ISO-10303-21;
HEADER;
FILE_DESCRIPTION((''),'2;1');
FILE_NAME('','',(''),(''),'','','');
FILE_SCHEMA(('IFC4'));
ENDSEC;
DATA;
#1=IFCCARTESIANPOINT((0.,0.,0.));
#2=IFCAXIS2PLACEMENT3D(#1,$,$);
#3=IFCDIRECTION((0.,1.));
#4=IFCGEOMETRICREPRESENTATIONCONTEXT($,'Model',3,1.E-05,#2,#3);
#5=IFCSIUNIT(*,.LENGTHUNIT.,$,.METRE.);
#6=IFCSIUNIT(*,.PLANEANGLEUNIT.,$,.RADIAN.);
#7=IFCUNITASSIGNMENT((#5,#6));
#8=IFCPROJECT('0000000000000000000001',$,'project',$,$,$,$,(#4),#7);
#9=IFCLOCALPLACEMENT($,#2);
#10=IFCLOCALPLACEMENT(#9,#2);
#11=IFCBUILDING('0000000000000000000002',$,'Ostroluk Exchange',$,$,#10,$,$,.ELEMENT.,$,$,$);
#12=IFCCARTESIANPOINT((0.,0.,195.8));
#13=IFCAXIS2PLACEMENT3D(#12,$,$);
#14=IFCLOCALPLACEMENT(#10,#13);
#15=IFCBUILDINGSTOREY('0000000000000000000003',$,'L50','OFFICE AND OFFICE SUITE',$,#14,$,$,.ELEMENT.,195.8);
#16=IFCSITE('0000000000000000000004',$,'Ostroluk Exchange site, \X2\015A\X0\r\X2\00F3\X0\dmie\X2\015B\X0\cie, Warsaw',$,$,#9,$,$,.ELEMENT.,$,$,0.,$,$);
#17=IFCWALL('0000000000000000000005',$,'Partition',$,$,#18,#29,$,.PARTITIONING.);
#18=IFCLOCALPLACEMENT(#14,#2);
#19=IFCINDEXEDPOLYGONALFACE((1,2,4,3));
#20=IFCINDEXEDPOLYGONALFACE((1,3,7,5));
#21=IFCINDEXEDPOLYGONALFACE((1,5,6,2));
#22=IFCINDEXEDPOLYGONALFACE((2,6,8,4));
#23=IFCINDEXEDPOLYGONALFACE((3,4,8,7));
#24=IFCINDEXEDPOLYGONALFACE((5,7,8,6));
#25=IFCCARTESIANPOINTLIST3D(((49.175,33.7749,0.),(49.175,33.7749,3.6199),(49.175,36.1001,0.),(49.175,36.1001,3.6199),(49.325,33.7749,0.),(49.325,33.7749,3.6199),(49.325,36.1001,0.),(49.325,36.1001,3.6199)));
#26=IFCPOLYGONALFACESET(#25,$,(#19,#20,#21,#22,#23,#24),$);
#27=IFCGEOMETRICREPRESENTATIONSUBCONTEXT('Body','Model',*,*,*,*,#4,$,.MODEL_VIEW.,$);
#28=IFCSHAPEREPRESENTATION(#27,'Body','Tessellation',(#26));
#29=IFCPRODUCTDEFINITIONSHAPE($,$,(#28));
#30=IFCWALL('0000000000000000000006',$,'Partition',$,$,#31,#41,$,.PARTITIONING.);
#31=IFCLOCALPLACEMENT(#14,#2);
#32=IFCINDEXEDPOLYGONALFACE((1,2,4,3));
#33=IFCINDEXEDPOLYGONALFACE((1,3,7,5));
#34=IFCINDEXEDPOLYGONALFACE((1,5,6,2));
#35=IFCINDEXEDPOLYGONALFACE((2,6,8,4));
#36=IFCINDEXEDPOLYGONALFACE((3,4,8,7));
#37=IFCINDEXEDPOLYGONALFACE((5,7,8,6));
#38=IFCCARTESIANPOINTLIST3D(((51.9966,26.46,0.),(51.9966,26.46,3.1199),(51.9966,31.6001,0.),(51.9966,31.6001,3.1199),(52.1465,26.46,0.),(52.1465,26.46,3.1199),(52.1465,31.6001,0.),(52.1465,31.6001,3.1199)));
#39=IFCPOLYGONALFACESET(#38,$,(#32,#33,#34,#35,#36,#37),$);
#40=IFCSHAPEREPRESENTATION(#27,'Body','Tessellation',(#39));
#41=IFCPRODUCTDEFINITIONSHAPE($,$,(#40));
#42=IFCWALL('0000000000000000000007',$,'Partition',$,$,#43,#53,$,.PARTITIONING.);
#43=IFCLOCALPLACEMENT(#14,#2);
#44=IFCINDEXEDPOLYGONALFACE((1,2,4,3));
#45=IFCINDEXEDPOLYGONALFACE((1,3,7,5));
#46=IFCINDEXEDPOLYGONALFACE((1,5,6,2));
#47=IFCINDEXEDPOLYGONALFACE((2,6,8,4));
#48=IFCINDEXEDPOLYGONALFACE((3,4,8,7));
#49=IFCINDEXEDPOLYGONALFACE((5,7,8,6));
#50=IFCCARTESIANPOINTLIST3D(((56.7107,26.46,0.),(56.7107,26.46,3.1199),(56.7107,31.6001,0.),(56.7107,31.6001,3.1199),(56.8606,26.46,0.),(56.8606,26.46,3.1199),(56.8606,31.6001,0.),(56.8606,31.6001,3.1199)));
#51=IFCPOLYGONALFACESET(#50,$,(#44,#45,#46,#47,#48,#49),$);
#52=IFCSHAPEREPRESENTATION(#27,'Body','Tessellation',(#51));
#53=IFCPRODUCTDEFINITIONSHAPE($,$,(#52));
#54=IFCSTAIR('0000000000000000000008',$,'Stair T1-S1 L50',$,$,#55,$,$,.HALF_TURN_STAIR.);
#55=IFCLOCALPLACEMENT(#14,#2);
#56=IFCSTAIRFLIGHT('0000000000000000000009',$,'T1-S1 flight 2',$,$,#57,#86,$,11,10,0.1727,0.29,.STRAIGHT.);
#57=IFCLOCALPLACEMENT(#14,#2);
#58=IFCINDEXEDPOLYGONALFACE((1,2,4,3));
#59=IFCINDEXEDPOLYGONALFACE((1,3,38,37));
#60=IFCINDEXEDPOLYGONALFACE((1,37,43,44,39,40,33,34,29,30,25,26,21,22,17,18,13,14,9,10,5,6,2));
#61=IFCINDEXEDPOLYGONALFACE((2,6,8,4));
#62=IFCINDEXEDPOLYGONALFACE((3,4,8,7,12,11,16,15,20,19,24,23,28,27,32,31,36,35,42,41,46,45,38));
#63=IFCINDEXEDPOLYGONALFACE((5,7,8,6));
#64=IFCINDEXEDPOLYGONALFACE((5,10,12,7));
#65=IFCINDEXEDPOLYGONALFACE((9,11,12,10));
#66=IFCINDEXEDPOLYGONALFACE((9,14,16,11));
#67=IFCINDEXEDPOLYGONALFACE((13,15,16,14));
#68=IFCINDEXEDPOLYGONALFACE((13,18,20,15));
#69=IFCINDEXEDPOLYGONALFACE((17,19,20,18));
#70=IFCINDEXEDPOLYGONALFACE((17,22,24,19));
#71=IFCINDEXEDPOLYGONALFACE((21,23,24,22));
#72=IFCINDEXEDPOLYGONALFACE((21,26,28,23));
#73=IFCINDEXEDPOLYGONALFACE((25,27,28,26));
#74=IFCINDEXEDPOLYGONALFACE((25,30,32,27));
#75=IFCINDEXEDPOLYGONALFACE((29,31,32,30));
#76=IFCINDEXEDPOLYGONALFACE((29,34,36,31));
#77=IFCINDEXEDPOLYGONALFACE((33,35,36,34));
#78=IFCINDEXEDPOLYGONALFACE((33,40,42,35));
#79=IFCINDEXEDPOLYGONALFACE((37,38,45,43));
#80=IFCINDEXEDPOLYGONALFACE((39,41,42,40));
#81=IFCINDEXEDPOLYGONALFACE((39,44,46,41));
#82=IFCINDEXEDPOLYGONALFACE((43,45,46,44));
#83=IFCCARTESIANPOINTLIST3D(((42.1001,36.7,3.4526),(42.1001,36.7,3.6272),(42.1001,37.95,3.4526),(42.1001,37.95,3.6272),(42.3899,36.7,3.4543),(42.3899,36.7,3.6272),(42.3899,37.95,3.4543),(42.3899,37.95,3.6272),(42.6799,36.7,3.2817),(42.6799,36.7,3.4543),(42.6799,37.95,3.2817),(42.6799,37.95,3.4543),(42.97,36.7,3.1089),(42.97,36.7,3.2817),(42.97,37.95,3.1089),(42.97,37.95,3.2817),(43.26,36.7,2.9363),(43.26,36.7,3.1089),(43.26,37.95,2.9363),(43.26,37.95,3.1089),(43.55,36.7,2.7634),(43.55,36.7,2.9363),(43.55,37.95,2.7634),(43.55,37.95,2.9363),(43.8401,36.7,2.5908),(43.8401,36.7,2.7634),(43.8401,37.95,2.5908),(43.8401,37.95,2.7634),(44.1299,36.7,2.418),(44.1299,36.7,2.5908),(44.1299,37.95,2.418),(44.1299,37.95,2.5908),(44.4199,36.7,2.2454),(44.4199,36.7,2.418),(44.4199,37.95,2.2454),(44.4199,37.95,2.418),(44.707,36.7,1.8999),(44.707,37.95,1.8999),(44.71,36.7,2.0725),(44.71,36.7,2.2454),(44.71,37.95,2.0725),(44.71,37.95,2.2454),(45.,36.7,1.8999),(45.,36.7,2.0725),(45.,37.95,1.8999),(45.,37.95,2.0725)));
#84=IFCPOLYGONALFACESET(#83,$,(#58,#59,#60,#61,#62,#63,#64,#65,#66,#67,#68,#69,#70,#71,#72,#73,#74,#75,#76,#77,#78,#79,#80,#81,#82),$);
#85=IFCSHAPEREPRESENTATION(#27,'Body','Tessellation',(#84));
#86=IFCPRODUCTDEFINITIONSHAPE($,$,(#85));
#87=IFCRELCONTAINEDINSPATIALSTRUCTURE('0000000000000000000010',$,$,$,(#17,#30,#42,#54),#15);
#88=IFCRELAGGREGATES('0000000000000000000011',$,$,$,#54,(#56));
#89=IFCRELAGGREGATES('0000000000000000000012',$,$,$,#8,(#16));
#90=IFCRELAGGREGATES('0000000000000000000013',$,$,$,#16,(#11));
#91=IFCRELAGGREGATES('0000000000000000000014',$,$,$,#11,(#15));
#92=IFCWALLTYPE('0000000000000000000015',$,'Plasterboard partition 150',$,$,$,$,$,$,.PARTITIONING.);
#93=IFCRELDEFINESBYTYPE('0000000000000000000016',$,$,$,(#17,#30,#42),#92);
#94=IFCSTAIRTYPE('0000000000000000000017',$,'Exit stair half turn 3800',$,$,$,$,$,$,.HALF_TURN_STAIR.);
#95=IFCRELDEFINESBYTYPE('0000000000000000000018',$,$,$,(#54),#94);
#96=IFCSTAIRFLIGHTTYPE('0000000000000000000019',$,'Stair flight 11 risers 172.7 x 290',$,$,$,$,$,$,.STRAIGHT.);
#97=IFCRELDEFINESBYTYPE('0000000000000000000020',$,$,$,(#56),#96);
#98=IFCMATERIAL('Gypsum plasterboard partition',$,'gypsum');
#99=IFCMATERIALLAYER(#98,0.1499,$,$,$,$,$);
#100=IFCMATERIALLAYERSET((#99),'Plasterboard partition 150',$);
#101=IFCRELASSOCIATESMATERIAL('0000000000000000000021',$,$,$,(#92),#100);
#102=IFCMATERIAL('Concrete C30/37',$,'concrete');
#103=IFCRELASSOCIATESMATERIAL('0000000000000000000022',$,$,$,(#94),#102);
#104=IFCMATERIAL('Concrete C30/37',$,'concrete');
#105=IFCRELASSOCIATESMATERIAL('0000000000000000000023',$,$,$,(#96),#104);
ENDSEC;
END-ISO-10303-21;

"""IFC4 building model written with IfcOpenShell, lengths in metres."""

from ifc_helpers import new_model, si_unit, direction, frame, frame_2d, origin, place, context, subcontext, project, spatial, polyline, rectangle, outline, extrude, material, layer, layer_set, type_object, element, aggregate, save


model = new_model("IFC4")

# Units and contexts
model_context = context("Model", 3, precision=1e-05, world=origin(), true_north=direction((0.0, 1.0)))
body_context = subcontext(model_context, "Body", "Model", "MODEL_VIEW")
ifc_project = project(units=[si_unit("LENGTHUNIT", "METRE"), si_unit("PLANEANGLEUNIT", "RADIAN")], contexts=[model_context])

# Site, building, storey
site_placement = place(None, origin())
site = spatial("IfcSite", under=ifc_project, at=site_placement, Name="Ostroluk Exchange site, Śródmieście, Warsaw", CompositionType="ELEMENT", RefElevation=0.0)
building_placement = place(site_placement, origin())
building = spatial("IfcBuilding", under=site, at=building_placement, Name="Ostroluk Exchange", CompositionType="ELEMENT")
storey_placement = place(building_placement, frame((0.0, 0.0, 195.8)))
storey = spatial("IfcBuildingStorey", under=building, at=storey_placement, Name="L50", Description="OFFICE AND OFFICE SUITE", CompositionType="ELEMENT", Elevation=195.8)

# Walls
ifc_material_1 = material(Name="Gypsum plasterboard partition", Category="gypsum")
ifc_layer_1 = layer(ifc_material_1, 0.1499)
ifc_layer_set_1 = layer_set([ifc_layer_1], Name="Plasterboard partition 150")
wall_type_1 = type_object("IfcWallType", Name="Plasterboard partition 150", PredefinedType="PARTITIONING", material=ifc_layer_set_1)
for number, where, z_axis, x_axis, name in (
    (1, (49.25, 36.1001, 0.0), (0.0, 0.0, 1.0), (0.0, -1.0, 0.0), "Partition"),
):
    element("IfcWall", number, at=place(storey_placement, frame(where, z_axis=z_axis, x_axis=x_axis)), inside=storey, type_object=wall_type_1, Name=name, PredefinedType="PARTITIONING", context=body_context, shape_type="SweptSolid", body=[
        extrude(rectangle(XDim=2.3252, YDim=0.1499, at=frame_2d((1.1626, 0.0))), origin(), (0.0, 0.0, 1.0), 3.6199),
    ])
for number, where, z_axis, x_axis, name in (
    (2, (52.0715, 31.6001, 0.0), (0.0, 0.0, 1.0), (0.0, -1.0, 0.0), "Partition"),
    (3, (56.7856, 31.6001, 0.0), (0.0, 0.0, 1.0), (0.0, -1.0, 0.0), "Partition"),
):
    element("IfcWall", number, at=place(storey_placement, frame(where, z_axis=z_axis, x_axis=x_axis)), inside=storey, type_object=wall_type_1, Name=name, PredefinedType="PARTITIONING", context=body_context, shape_type="SweptSolid", body=[
        extrude(rectangle(XDim=5.1401, YDim=0.1499, at=frame_2d((2.5701, 0.0))), origin(), (0.0, 0.0, 1.0), 3.1199),
    ])

# Stair, stair flight
ifc_material_2 = material(Name="Concrete C30/37", Category="concrete")
stair_type = type_object("IfcStairType", Name="Exit stair half turn 3800", PredefinedType="HALF_TURN_STAIR", material=ifc_material_2)
stair_placement = place(storey_placement, origin())
stair = element("IfcStair", 4, at=stair_placement, inside=storey, type_object=stair_type, Name="Stair T1-S1 L50", PredefinedType="HALF_TURN_STAIR")
ifc_material_3 = material(Name="Concrete C30/37", Category="concrete")
stair_flight_type = type_object("IfcStairFlightType", Name="Stair flight 11 risers 172.7 x 290", PredefinedType="STRAIGHT", material=ifc_material_3)
stair_flight_placement = place(storey_placement, frame((45.0, 37.325, 1.8999), z_axis=(0.0, 0.0, 1.0), x_axis=(-1.0, 0.0, 0.0)))
stair_flight = element("IfcStairFlight", 5, at=stair_flight_placement, type_object=stair_flight_type, Name="T1-S1 flight 2", NumberOfRisers=11, NumberOfTreads=10, PredefinedType="STRAIGHT", RiserHeight=0.1727, TreadLength=0.29, context=body_context, shape_type="SweptSolid", body=[
    extrude(outline(polyline([(0.0, 0.0), (0.0, 0.1726), (0.29, 0.1726), (0.29, 0.3455), (0.5801, 0.3455), (0.5801, 0.5181), (0.8701, 0.5181), (0.8701, 0.6909), (1.1599, 0.6909), (1.1599, 0.8635), (1.45, 0.8635), (1.45, 1.0364), (1.74, 1.0364), (1.74, 1.209), (2.03, 1.209), (2.03, 1.3818), (2.3201, 1.3818), (2.3201, 1.5544), (2.6101, 1.5544), (2.6101, 1.7273), (2.8999, 1.7273), (2.8999, 1.8999), (2.8999, 1.5527), (0.293, 0.0), (0.0, 0.0)])), frame((0.0, 0.625, 0.0), z_axis=(0.0, -1.0, 0.0), x_axis=(1.0, 0.0, 0.0)), (0.0, 0.0, 1.0), 1.25),
])
aggregate(stair, [stair_flight])

save(model, "model.ifc")
